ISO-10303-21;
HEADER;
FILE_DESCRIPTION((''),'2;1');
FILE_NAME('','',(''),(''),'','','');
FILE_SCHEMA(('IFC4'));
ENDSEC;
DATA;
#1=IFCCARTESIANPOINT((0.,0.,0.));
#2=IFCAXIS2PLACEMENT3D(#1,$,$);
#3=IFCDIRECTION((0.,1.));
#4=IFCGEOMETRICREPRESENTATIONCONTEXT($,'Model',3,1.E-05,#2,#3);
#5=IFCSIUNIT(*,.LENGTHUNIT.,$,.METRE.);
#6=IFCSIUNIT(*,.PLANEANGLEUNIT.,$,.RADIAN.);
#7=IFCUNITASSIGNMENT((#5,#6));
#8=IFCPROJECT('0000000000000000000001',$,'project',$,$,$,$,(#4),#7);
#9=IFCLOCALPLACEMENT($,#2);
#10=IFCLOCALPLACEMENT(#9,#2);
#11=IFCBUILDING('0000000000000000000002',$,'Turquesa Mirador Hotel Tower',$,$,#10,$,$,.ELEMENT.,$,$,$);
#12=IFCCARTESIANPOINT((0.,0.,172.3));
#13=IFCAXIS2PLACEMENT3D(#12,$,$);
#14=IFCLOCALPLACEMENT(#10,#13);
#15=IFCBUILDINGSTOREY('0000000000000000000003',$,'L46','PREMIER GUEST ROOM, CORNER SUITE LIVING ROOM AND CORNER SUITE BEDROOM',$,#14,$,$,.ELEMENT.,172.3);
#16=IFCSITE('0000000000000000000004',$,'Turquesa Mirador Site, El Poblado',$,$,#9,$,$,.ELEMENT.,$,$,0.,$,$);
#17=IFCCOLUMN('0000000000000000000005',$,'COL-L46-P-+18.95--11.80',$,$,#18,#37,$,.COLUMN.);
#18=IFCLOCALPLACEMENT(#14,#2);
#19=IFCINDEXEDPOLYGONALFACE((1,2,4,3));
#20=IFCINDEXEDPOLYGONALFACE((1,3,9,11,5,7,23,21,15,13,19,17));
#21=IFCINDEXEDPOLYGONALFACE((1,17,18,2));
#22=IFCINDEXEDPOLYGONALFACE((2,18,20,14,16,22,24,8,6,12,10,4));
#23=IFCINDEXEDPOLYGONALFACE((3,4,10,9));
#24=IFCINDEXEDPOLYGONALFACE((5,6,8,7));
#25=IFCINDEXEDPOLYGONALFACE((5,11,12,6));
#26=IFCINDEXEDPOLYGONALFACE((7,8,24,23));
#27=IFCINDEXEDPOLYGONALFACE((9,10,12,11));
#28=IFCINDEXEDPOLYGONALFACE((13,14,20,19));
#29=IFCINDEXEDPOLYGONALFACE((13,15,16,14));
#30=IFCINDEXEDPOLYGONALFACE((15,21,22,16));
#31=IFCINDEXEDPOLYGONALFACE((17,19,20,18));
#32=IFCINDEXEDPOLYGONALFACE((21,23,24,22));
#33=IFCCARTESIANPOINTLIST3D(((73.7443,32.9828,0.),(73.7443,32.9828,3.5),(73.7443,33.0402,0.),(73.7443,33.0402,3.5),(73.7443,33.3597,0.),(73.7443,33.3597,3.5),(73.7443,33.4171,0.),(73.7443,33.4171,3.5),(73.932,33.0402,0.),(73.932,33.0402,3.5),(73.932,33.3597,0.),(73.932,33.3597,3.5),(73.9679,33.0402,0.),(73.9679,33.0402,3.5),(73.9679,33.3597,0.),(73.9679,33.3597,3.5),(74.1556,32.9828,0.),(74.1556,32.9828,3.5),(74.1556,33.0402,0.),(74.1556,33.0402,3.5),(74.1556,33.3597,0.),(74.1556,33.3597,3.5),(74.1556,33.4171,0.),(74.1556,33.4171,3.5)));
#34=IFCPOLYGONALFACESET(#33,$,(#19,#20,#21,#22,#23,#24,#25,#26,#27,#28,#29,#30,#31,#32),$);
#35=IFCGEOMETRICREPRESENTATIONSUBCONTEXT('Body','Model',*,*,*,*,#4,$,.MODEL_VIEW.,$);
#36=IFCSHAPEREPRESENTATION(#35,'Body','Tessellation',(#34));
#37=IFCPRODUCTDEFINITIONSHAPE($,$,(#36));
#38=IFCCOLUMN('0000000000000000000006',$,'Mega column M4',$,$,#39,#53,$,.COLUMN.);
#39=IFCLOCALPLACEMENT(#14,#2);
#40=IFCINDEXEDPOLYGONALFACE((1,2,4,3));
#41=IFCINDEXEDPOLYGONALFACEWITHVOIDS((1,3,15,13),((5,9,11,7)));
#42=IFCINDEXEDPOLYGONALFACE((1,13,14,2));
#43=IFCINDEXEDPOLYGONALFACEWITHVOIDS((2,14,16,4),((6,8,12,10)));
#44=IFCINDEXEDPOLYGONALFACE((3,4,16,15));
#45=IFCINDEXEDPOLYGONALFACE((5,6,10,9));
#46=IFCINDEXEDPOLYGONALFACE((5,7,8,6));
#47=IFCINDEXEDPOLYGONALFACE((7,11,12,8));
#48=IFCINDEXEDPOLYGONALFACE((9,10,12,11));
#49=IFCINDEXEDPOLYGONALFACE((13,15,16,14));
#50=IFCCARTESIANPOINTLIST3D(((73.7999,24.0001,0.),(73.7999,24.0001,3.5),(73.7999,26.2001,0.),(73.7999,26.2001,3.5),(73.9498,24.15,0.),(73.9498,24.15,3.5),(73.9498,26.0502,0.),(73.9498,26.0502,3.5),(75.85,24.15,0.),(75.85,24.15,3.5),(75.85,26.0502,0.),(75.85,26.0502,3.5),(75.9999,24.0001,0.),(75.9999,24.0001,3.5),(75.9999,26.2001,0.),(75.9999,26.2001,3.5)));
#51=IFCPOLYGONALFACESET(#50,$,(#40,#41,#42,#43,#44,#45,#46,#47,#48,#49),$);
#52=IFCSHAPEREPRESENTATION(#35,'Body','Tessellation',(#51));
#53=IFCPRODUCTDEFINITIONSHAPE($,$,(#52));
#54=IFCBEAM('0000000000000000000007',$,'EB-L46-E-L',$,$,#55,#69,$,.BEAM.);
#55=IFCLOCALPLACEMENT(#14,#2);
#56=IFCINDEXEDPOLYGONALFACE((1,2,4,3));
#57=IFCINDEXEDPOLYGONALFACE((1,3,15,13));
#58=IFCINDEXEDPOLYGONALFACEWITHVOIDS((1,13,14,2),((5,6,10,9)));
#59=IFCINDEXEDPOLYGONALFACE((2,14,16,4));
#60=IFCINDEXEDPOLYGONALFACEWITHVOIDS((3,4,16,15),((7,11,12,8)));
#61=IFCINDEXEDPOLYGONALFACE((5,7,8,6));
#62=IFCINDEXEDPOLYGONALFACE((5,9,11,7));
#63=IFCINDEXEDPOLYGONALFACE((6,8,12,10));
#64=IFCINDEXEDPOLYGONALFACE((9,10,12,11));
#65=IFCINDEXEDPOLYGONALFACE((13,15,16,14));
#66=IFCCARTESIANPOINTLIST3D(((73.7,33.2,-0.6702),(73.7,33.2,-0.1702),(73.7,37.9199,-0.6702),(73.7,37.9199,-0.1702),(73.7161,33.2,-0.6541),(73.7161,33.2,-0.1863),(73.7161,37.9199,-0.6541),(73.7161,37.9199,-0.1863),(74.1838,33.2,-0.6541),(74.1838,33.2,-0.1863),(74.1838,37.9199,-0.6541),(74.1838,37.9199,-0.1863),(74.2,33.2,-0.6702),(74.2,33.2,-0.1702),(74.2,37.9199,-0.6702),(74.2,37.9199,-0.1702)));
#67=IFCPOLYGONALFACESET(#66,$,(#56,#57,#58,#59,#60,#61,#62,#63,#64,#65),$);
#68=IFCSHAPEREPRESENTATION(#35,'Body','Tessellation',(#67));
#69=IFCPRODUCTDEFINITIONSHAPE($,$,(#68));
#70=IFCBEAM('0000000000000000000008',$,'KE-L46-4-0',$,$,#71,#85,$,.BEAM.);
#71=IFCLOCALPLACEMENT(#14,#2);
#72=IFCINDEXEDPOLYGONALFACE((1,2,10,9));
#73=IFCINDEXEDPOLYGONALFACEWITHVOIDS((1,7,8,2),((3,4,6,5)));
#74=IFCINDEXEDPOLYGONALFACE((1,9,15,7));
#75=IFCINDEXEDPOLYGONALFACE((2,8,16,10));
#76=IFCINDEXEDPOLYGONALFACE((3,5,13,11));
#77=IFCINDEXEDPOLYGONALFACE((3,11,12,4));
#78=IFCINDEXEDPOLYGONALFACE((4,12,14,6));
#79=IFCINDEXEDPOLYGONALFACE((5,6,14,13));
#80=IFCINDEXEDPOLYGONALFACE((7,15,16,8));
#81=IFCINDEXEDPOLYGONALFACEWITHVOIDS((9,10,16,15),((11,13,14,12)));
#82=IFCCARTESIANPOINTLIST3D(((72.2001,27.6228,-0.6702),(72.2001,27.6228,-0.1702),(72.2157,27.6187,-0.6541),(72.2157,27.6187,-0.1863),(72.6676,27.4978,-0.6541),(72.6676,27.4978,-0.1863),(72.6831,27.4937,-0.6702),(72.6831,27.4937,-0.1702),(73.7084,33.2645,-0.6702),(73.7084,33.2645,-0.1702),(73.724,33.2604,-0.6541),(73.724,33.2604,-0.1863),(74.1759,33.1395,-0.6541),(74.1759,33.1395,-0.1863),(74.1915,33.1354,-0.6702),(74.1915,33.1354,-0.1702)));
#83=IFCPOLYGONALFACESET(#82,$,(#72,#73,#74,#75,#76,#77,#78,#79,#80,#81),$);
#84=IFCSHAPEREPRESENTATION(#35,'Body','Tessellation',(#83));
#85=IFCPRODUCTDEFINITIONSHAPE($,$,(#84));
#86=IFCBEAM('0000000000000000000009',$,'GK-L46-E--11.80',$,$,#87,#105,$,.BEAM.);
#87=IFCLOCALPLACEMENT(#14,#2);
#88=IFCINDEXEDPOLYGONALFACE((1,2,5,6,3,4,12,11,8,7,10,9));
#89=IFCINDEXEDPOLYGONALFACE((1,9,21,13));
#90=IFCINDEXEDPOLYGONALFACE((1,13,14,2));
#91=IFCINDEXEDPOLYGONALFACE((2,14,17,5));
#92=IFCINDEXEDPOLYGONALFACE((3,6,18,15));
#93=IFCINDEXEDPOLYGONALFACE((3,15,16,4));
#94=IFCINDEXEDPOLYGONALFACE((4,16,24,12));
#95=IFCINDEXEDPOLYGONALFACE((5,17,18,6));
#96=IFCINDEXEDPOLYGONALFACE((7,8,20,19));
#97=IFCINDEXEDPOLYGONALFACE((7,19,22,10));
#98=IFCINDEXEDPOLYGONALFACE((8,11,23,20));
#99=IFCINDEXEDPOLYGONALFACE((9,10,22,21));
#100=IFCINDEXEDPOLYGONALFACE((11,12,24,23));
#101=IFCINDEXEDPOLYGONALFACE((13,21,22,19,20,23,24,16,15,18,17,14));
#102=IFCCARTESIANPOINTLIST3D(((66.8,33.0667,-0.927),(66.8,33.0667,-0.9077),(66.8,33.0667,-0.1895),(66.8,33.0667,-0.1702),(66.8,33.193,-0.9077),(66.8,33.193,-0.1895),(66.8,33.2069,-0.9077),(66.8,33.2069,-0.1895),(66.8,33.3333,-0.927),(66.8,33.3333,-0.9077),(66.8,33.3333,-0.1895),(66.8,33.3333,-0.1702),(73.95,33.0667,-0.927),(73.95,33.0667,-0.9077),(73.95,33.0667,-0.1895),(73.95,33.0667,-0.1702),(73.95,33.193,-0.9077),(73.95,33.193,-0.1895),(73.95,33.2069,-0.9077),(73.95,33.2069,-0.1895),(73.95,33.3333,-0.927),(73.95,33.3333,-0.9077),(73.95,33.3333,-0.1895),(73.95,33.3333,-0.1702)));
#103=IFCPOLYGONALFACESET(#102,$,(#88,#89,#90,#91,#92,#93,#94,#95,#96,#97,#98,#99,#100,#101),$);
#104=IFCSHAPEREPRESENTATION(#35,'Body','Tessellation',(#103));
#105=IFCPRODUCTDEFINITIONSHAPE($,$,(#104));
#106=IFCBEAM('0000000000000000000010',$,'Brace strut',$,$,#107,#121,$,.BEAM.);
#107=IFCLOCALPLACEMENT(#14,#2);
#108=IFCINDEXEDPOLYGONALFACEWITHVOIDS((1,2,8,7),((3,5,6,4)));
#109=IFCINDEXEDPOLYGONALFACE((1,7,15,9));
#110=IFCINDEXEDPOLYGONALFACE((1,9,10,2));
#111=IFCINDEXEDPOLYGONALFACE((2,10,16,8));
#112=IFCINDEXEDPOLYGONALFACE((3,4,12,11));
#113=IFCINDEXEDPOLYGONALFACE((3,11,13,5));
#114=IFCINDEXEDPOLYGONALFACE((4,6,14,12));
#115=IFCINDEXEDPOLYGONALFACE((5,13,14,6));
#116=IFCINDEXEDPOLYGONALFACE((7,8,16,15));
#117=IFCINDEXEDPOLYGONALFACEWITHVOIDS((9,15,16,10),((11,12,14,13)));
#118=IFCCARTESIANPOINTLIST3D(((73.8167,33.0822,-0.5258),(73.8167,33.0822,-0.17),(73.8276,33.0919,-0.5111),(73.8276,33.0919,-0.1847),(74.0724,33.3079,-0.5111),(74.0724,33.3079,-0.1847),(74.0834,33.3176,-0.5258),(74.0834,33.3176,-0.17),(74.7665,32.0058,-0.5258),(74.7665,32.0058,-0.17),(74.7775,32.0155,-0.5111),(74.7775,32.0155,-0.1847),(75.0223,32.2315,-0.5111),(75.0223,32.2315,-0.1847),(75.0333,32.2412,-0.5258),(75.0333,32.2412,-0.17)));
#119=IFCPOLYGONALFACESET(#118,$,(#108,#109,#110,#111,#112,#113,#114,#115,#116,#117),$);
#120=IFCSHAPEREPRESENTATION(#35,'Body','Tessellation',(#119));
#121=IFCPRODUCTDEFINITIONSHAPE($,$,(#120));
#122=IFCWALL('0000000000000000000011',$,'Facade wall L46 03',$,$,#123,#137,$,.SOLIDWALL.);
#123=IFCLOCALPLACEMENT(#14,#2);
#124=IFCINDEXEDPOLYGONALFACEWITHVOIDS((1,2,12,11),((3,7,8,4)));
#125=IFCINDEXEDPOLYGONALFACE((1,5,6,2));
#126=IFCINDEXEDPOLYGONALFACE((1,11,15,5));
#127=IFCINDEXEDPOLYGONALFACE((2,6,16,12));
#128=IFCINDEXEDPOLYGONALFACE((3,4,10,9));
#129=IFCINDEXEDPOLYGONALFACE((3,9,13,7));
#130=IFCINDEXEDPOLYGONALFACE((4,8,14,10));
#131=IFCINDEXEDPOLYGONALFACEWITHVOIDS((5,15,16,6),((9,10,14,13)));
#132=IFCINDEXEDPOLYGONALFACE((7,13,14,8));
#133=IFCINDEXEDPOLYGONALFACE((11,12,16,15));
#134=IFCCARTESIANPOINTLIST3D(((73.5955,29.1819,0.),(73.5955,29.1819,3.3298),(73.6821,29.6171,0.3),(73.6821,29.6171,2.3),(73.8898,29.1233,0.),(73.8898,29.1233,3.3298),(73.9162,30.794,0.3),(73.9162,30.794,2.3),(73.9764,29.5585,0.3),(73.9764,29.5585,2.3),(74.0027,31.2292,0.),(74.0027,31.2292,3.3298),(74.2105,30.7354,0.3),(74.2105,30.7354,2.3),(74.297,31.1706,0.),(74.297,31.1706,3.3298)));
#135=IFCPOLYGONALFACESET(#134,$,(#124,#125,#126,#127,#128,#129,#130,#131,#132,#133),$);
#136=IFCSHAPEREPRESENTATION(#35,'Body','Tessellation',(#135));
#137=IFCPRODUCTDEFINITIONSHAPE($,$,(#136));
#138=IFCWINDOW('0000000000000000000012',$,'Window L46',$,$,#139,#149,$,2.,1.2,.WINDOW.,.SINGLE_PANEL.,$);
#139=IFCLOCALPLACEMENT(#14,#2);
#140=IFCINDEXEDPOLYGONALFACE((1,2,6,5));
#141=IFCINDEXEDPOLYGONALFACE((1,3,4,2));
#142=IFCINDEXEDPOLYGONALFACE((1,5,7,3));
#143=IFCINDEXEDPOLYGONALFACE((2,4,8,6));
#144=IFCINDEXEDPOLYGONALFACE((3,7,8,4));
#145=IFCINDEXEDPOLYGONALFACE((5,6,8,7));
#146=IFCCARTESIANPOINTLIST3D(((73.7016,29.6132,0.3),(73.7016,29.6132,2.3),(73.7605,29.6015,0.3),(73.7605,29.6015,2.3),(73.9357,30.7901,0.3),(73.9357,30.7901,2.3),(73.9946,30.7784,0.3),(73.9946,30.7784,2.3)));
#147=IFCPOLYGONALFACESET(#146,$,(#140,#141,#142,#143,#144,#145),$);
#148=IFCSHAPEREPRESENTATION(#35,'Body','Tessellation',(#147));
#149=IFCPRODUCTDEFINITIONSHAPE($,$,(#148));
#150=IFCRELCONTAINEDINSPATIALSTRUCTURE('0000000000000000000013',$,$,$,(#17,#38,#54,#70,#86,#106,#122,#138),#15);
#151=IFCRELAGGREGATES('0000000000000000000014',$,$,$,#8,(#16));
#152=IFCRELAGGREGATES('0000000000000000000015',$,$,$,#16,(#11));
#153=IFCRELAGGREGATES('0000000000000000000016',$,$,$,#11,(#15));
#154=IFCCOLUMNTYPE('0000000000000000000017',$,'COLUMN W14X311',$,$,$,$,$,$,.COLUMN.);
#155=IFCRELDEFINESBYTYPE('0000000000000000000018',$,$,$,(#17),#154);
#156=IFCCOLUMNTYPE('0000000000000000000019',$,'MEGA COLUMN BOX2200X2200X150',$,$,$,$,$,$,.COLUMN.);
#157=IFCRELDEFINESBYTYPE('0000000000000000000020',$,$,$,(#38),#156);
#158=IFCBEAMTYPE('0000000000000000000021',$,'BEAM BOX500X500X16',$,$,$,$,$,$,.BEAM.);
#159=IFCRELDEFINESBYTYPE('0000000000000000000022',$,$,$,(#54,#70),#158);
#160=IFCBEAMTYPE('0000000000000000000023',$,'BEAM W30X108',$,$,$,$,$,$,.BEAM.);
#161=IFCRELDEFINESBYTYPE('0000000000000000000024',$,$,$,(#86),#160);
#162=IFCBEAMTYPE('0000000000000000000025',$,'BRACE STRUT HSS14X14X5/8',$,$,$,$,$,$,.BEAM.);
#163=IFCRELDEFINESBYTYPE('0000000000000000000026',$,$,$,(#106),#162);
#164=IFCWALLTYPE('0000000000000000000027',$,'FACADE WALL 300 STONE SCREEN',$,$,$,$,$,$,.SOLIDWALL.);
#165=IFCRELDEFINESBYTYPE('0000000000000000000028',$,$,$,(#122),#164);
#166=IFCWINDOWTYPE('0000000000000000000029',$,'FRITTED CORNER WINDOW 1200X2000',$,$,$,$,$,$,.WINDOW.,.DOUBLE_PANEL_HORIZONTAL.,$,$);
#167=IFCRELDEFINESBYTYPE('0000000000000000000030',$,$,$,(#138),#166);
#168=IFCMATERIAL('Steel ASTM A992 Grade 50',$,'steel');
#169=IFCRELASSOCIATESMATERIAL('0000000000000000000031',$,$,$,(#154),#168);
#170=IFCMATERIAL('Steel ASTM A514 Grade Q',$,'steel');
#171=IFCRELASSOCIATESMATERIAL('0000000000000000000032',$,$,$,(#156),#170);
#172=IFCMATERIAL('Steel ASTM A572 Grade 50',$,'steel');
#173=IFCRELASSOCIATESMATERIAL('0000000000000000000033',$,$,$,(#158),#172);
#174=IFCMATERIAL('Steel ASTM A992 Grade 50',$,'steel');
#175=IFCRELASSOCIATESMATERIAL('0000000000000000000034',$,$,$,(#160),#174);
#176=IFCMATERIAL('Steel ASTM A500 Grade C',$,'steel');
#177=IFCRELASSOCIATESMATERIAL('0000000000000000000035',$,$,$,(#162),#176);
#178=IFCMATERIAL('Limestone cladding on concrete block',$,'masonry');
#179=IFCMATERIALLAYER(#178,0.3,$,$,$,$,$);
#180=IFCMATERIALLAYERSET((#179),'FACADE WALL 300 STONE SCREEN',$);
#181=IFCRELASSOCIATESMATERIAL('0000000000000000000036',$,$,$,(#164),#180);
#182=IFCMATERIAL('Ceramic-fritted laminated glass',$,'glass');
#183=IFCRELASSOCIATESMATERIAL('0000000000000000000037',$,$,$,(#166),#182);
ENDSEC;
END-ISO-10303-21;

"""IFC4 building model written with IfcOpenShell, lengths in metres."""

from ifc_helpers import new_model, si_unit, direction, frame, frame_2d, origin, origin_2d, place, context, subcontext, project, spatial, rectangle, hollow_rectangle, i_section, extrude, material, layer, layer_set, material_profile, profile_set, type_object, element, fill, save


model = new_model("IFC4")

# Units and contexts
model_context = context("Model", 3, precision=1e-05, world=origin(), true_north=direction((0.0, 1.0)))
body_context = subcontext(model_context, "Body", "Model", "MODEL_VIEW")
ifc_project = project(units=[si_unit("LENGTHUNIT", "METRE"), si_unit("PLANEANGLEUNIT", "RADIAN")], contexts=[model_context])

# Site, building, storey
site_placement = place(None, origin())
site = spatial("IfcSite", under=ifc_project, at=site_placement, Name="Turquesa Mirador Site, El Poblado", CompositionType="ELEMENT", RefElevation=0.0)
building_placement = place(site_placement, origin())
building = spatial("IfcBuilding", under=site, at=building_placement, Name="Turquesa Mirador Hotel Tower", CompositionType="ELEMENT")
storey_placement = place(building_placement, frame((0.0, 0.0, 172.3)))
storey = spatial("IfcBuildingStorey", under=building, at=storey_placement, Name="L46", Description="PREMIER GUEST ROOM, CORNER SUITE LIVING ROOM AND CORNER SUITE BEDROOM", CompositionType="ELEMENT", Elevation=172.3)

# Columns
ifc_material_1 = material(Name="Steel ASTM A992 Grade 50", Category="steel")
ifc_material_profile_1 = material_profile(ifc_material_1, i_section(OverallWidth=0.4114, OverallDepth=0.4343, WebThickness=0.0359, FlangeThickness=0.0574, at=origin_2d()), Name="W14X311")
ifc_profile_set_1 = profile_set([ifc_material_profile_1], Name="Steel ASTM A992 Grade 50")
column_type_1 = type_object("IfcColumnType", Name="COLUMN W14X311", PredefinedType="COLUMN", material=ifc_profile_set_1)
column_1_placement = place(storey_placement, frame((73.95, 33.2, 0.0), z_axis=(0.0, 0.0, 1.0), x_axis=(1.0, 0.0, 0.0)))
element("IfcColumn", 1, at=column_1_placement, inside=storey, type_object=column_type_1, Name="COL-L46-P-+18.95--11.80", PredefinedType="COLUMN", context=body_context, shape_type="SweptSolid", body=[
    extrude(i_section(OverallWidth=0.4114, OverallDepth=0.4343, WebThickness=0.0359, FlangeThickness=0.0574, at=origin_2d()), origin(), (0.0, 0.0, 1.0), 3.5),
])
ifc_material_2 = material(Name="Steel ASTM A514 Grade Q", Category="steel")
ifc_material_profile_2 = material_profile(ifc_material_2, hollow_rectangle(XDim=2.2, YDim=2.2, WallThickness=0.1499, at=origin_2d()), Name="BOX2200X2200X150")
ifc_profile_set_2 = profile_set([ifc_material_profile_2], Name="Steel ASTM A514 Grade Q")
column_type_2 = type_object("IfcColumnType", Name="MEGA COLUMN BOX2200X2200X150", PredefinedType="COLUMN", material=ifc_profile_set_2)
column_2_placement = place(storey_placement, frame((74.8999, 25.1001, 0.0), z_axis=(0.0, 0.0, 1.0), x_axis=(1.0, 0.0, 0.0)))
element("IfcColumn", 2, at=column_2_placement, inside=storey, type_object=column_type_2, Name="Mega column M4", PredefinedType="COLUMN", context=body_context, shape_type="SweptSolid", body=[
    extrude(hollow_rectangle(XDim=2.2, YDim=2.2, WallThickness=0.1499, at=origin_2d()), origin(), (0.0, 0.0, 1.0), 3.5),
])

# Beams
ifc_material_3 = material(Name="Steel ASTM A572 Grade 50", Category="steel")
ifc_material_profile_3 = material_profile(ifc_material_3, hollow_rectangle(XDim=0.5, YDim=0.5, WallThickness=0.0161, at=origin_2d()), Name="BOX500X500X16")
ifc_profile_set_3 = profile_set([ifc_material_profile_3], Name="Steel ASTM A572 Grade 50")
beam_type_1 = type_object("IfcBeamType", Name="BEAM BOX500X500X16", PredefinedType="BEAM", material=ifc_profile_set_3)
beam_1_placement = place(storey_placement, frame((73.95, 33.2, -0.4202), z_axis=(0.0, 1.0, 0.0), x_axis=(-1.0, 0.0, 0.0)))
element("IfcBeam", 3, at=beam_1_placement, inside=storey, type_object=beam_type_1, Name="EB-L46-E-L", PredefinedType="BEAM", context=body_context, shape_type="SweptSolid", body=[
    extrude(hollow_rectangle(XDim=0.5, YDim=0.5, WallThickness=0.0161, at=origin_2d()), origin(), (0.0, 0.0, 1.0), 4.72),
])
beam_2_placement = place(storey_placement, frame((73.95, 33.2, -0.4202), z_axis=(-0.258282, -0.96607, 0.0), x_axis=(0.96607, -0.258282, 0.0)))
element("IfcBeam", 4, at=beam_2_placement, inside=storey, type_object=beam_type_1, Name="KE-L46-4-0", PredefinedType="BEAM", context=body_context, shape_type="SweptSolid", body=[
    extrude(hollow_rectangle(XDim=0.5, YDim=0.5, WallThickness=0.0161, at=origin_2d()), origin(), (0.0, 0.0, 1.0), 5.8398),
])
ifc_material_4 = material(Name="Steel ASTM A992 Grade 50", Category="steel")
ifc_material_profile_4 = material_profile(ifc_material_4, i_section(OverallWidth=0.2666, OverallDepth=0.7568, WebThickness=0.0139, FlangeThickness=0.0193, at=origin_2d()), Name="W30X108")
ifc_profile_set_4 = profile_set([ifc_material_profile_4], Name="Steel ASTM A992 Grade 50")
beam_type_2 = type_object("IfcBeamType", Name="BEAM W30X108", PredefinedType="BEAM", material=ifc_profile_set_4)
beam_3_placement = place(storey_placement, frame((73.95, 33.2, -0.5486), z_axis=(-1.0, 0.0, 0.0), x_axis=(0.0, -1.0, 0.0)))
element("IfcBeam", 5, at=beam_3_placement, inside=storey, type_object=beam_type_2, Name="GK-L46-E--11.80", PredefinedType="BEAM", context=body_context, shape_type="SweptSolid", body=[
    extrude(i_section(OverallWidth=0.2666, OverallDepth=0.7568, WebThickness=0.0139, FlangeThickness=0.0193, at=origin_2d()), origin(), (0.0, 0.0, 1.0), 7.1499),
])
ifc_material_5 = material(Name="Steel ASTM A500 Grade C", Category="steel")
ifc_material_profile_5 = material_profile(ifc_material_5, hollow_rectangle(XDim=0.3557, YDim=0.3557, WallThickness=0.0146, at=origin_2d()), Name="HSS14X14X5/8")
ifc_profile_set_5 = profile_set([ifc_material_profile_5], Name="Steel ASTM A500 Grade C")
beam_type_3 = type_object("IfcBeamType", Name="BRACE STRUT HSS14X14X5/8", PredefinedType="BEAM", material=ifc_profile_set_5)
beam_4_placement = place(storey_placement, frame((74.8999, 32.1235, -0.3479), z_axis=(-0.661689, 0.749778, 0.0), x_axis=(-0.749778, -0.661689, 0.0)))
element("IfcBeam", 6, at=beam_4_placement, inside=storey, type_object=beam_type_3, Name="Brace strut", PredefinedType="BEAM", context=body_context, shape_type="SweptSolid", body=[
    extrude(hollow_rectangle(XDim=0.3557, YDim=0.3557, WallThickness=0.0146, at=origin_2d()), origin(), (0.0, 0.0, 1.0), 1.4355),
])

# Wall, opening, window
ifc_material_6 = material(Name="Limestone cladding on concrete block", Category="masonry")
ifc_layer = layer(ifc_material_6, 0.3)
ifc_layer_set = layer_set([ifc_layer], Name="FACADE WALL 300 STONE SCREEN")
wall_type = type_object("IfcWallType", Name="FACADE WALL 300 STONE SCREEN", PredefinedType="SOLIDWALL", material=ifc_layer_set)
wall_1_placement = place(storey_placement, frame((73.7427, 29.1526, 0.0), z_axis=(0.0, 0.0, 1.0), x_axis=(0.195081, 0.980787, 0.0)))
wall_1 = element("IfcWall", 7, at=wall_1_placement, inside=storey, type_object=wall_type, Name="Facade wall L46 03", PredefinedType="SOLIDWALL", context=body_context, shape_type="SweptSolid", body=[
    extrude(rectangle(XDim=2.0874, YDim=0.3, at=frame_2d((1.0437, 0.0))), origin(), (0.0, 0.0, 1.0), 3.3298),
])
opening_1_placement = place(wall_1_placement, frame((0.4436, 0.0, 0.3)))
opening_1 = element("IfcOpeningElement", 8, at=opening_1_placement, cuts=wall_1, PredefinedType="OPENING", context=body_context, shape_type="SweptSolid", body=[
    extrude(rectangle(XDim=1.2, YDim=2.0, at=frame_2d((0.6001, 1.0))), frame((0.0, 0.1599, 0.0), z_axis=(0.0, -1.0, 0.0), x_axis=(1.0, 0.0, 0.0)), (0.0, 0.0, 1.0), 0.3201),
])
ifc_material_7 = material(Name="Ceramic-fritted laminated glass", Category="glass")
window_type_1 = type_object("IfcWindowType", Name="FRITTED CORNER WINDOW 1200X2000", PartitioningType="DOUBLE_PANEL_HORIZONTAL", PredefinedType="WINDOW", material=ifc_material_7)
window_1_placement = place(opening_1_placement, origin())
window_1 = element("IfcWindow", 9, at=window_1_placement, inside=storey, type_object=window_type_1, Name="Window L46", OverallHeight=2.0, OverallWidth=1.2, PartitioningType="SINGLE_PANEL", PredefinedType="WINDOW", context=body_context, shape_type="SweptSolid", body=[
    extrude(rectangle(XDim=1.2, YDim=2.0, at=frame_2d((0.6001, 1.0))), frame((0.0, 0.1301, 0.0), z_axis=(0.0, -1.0, 0.0), x_axis=(1.0, 0.0, 0.0)), (0.0, 0.0, 1.0), 0.0601),
])
fill(opening_1, window_1)

save(model, "model.ifc")
